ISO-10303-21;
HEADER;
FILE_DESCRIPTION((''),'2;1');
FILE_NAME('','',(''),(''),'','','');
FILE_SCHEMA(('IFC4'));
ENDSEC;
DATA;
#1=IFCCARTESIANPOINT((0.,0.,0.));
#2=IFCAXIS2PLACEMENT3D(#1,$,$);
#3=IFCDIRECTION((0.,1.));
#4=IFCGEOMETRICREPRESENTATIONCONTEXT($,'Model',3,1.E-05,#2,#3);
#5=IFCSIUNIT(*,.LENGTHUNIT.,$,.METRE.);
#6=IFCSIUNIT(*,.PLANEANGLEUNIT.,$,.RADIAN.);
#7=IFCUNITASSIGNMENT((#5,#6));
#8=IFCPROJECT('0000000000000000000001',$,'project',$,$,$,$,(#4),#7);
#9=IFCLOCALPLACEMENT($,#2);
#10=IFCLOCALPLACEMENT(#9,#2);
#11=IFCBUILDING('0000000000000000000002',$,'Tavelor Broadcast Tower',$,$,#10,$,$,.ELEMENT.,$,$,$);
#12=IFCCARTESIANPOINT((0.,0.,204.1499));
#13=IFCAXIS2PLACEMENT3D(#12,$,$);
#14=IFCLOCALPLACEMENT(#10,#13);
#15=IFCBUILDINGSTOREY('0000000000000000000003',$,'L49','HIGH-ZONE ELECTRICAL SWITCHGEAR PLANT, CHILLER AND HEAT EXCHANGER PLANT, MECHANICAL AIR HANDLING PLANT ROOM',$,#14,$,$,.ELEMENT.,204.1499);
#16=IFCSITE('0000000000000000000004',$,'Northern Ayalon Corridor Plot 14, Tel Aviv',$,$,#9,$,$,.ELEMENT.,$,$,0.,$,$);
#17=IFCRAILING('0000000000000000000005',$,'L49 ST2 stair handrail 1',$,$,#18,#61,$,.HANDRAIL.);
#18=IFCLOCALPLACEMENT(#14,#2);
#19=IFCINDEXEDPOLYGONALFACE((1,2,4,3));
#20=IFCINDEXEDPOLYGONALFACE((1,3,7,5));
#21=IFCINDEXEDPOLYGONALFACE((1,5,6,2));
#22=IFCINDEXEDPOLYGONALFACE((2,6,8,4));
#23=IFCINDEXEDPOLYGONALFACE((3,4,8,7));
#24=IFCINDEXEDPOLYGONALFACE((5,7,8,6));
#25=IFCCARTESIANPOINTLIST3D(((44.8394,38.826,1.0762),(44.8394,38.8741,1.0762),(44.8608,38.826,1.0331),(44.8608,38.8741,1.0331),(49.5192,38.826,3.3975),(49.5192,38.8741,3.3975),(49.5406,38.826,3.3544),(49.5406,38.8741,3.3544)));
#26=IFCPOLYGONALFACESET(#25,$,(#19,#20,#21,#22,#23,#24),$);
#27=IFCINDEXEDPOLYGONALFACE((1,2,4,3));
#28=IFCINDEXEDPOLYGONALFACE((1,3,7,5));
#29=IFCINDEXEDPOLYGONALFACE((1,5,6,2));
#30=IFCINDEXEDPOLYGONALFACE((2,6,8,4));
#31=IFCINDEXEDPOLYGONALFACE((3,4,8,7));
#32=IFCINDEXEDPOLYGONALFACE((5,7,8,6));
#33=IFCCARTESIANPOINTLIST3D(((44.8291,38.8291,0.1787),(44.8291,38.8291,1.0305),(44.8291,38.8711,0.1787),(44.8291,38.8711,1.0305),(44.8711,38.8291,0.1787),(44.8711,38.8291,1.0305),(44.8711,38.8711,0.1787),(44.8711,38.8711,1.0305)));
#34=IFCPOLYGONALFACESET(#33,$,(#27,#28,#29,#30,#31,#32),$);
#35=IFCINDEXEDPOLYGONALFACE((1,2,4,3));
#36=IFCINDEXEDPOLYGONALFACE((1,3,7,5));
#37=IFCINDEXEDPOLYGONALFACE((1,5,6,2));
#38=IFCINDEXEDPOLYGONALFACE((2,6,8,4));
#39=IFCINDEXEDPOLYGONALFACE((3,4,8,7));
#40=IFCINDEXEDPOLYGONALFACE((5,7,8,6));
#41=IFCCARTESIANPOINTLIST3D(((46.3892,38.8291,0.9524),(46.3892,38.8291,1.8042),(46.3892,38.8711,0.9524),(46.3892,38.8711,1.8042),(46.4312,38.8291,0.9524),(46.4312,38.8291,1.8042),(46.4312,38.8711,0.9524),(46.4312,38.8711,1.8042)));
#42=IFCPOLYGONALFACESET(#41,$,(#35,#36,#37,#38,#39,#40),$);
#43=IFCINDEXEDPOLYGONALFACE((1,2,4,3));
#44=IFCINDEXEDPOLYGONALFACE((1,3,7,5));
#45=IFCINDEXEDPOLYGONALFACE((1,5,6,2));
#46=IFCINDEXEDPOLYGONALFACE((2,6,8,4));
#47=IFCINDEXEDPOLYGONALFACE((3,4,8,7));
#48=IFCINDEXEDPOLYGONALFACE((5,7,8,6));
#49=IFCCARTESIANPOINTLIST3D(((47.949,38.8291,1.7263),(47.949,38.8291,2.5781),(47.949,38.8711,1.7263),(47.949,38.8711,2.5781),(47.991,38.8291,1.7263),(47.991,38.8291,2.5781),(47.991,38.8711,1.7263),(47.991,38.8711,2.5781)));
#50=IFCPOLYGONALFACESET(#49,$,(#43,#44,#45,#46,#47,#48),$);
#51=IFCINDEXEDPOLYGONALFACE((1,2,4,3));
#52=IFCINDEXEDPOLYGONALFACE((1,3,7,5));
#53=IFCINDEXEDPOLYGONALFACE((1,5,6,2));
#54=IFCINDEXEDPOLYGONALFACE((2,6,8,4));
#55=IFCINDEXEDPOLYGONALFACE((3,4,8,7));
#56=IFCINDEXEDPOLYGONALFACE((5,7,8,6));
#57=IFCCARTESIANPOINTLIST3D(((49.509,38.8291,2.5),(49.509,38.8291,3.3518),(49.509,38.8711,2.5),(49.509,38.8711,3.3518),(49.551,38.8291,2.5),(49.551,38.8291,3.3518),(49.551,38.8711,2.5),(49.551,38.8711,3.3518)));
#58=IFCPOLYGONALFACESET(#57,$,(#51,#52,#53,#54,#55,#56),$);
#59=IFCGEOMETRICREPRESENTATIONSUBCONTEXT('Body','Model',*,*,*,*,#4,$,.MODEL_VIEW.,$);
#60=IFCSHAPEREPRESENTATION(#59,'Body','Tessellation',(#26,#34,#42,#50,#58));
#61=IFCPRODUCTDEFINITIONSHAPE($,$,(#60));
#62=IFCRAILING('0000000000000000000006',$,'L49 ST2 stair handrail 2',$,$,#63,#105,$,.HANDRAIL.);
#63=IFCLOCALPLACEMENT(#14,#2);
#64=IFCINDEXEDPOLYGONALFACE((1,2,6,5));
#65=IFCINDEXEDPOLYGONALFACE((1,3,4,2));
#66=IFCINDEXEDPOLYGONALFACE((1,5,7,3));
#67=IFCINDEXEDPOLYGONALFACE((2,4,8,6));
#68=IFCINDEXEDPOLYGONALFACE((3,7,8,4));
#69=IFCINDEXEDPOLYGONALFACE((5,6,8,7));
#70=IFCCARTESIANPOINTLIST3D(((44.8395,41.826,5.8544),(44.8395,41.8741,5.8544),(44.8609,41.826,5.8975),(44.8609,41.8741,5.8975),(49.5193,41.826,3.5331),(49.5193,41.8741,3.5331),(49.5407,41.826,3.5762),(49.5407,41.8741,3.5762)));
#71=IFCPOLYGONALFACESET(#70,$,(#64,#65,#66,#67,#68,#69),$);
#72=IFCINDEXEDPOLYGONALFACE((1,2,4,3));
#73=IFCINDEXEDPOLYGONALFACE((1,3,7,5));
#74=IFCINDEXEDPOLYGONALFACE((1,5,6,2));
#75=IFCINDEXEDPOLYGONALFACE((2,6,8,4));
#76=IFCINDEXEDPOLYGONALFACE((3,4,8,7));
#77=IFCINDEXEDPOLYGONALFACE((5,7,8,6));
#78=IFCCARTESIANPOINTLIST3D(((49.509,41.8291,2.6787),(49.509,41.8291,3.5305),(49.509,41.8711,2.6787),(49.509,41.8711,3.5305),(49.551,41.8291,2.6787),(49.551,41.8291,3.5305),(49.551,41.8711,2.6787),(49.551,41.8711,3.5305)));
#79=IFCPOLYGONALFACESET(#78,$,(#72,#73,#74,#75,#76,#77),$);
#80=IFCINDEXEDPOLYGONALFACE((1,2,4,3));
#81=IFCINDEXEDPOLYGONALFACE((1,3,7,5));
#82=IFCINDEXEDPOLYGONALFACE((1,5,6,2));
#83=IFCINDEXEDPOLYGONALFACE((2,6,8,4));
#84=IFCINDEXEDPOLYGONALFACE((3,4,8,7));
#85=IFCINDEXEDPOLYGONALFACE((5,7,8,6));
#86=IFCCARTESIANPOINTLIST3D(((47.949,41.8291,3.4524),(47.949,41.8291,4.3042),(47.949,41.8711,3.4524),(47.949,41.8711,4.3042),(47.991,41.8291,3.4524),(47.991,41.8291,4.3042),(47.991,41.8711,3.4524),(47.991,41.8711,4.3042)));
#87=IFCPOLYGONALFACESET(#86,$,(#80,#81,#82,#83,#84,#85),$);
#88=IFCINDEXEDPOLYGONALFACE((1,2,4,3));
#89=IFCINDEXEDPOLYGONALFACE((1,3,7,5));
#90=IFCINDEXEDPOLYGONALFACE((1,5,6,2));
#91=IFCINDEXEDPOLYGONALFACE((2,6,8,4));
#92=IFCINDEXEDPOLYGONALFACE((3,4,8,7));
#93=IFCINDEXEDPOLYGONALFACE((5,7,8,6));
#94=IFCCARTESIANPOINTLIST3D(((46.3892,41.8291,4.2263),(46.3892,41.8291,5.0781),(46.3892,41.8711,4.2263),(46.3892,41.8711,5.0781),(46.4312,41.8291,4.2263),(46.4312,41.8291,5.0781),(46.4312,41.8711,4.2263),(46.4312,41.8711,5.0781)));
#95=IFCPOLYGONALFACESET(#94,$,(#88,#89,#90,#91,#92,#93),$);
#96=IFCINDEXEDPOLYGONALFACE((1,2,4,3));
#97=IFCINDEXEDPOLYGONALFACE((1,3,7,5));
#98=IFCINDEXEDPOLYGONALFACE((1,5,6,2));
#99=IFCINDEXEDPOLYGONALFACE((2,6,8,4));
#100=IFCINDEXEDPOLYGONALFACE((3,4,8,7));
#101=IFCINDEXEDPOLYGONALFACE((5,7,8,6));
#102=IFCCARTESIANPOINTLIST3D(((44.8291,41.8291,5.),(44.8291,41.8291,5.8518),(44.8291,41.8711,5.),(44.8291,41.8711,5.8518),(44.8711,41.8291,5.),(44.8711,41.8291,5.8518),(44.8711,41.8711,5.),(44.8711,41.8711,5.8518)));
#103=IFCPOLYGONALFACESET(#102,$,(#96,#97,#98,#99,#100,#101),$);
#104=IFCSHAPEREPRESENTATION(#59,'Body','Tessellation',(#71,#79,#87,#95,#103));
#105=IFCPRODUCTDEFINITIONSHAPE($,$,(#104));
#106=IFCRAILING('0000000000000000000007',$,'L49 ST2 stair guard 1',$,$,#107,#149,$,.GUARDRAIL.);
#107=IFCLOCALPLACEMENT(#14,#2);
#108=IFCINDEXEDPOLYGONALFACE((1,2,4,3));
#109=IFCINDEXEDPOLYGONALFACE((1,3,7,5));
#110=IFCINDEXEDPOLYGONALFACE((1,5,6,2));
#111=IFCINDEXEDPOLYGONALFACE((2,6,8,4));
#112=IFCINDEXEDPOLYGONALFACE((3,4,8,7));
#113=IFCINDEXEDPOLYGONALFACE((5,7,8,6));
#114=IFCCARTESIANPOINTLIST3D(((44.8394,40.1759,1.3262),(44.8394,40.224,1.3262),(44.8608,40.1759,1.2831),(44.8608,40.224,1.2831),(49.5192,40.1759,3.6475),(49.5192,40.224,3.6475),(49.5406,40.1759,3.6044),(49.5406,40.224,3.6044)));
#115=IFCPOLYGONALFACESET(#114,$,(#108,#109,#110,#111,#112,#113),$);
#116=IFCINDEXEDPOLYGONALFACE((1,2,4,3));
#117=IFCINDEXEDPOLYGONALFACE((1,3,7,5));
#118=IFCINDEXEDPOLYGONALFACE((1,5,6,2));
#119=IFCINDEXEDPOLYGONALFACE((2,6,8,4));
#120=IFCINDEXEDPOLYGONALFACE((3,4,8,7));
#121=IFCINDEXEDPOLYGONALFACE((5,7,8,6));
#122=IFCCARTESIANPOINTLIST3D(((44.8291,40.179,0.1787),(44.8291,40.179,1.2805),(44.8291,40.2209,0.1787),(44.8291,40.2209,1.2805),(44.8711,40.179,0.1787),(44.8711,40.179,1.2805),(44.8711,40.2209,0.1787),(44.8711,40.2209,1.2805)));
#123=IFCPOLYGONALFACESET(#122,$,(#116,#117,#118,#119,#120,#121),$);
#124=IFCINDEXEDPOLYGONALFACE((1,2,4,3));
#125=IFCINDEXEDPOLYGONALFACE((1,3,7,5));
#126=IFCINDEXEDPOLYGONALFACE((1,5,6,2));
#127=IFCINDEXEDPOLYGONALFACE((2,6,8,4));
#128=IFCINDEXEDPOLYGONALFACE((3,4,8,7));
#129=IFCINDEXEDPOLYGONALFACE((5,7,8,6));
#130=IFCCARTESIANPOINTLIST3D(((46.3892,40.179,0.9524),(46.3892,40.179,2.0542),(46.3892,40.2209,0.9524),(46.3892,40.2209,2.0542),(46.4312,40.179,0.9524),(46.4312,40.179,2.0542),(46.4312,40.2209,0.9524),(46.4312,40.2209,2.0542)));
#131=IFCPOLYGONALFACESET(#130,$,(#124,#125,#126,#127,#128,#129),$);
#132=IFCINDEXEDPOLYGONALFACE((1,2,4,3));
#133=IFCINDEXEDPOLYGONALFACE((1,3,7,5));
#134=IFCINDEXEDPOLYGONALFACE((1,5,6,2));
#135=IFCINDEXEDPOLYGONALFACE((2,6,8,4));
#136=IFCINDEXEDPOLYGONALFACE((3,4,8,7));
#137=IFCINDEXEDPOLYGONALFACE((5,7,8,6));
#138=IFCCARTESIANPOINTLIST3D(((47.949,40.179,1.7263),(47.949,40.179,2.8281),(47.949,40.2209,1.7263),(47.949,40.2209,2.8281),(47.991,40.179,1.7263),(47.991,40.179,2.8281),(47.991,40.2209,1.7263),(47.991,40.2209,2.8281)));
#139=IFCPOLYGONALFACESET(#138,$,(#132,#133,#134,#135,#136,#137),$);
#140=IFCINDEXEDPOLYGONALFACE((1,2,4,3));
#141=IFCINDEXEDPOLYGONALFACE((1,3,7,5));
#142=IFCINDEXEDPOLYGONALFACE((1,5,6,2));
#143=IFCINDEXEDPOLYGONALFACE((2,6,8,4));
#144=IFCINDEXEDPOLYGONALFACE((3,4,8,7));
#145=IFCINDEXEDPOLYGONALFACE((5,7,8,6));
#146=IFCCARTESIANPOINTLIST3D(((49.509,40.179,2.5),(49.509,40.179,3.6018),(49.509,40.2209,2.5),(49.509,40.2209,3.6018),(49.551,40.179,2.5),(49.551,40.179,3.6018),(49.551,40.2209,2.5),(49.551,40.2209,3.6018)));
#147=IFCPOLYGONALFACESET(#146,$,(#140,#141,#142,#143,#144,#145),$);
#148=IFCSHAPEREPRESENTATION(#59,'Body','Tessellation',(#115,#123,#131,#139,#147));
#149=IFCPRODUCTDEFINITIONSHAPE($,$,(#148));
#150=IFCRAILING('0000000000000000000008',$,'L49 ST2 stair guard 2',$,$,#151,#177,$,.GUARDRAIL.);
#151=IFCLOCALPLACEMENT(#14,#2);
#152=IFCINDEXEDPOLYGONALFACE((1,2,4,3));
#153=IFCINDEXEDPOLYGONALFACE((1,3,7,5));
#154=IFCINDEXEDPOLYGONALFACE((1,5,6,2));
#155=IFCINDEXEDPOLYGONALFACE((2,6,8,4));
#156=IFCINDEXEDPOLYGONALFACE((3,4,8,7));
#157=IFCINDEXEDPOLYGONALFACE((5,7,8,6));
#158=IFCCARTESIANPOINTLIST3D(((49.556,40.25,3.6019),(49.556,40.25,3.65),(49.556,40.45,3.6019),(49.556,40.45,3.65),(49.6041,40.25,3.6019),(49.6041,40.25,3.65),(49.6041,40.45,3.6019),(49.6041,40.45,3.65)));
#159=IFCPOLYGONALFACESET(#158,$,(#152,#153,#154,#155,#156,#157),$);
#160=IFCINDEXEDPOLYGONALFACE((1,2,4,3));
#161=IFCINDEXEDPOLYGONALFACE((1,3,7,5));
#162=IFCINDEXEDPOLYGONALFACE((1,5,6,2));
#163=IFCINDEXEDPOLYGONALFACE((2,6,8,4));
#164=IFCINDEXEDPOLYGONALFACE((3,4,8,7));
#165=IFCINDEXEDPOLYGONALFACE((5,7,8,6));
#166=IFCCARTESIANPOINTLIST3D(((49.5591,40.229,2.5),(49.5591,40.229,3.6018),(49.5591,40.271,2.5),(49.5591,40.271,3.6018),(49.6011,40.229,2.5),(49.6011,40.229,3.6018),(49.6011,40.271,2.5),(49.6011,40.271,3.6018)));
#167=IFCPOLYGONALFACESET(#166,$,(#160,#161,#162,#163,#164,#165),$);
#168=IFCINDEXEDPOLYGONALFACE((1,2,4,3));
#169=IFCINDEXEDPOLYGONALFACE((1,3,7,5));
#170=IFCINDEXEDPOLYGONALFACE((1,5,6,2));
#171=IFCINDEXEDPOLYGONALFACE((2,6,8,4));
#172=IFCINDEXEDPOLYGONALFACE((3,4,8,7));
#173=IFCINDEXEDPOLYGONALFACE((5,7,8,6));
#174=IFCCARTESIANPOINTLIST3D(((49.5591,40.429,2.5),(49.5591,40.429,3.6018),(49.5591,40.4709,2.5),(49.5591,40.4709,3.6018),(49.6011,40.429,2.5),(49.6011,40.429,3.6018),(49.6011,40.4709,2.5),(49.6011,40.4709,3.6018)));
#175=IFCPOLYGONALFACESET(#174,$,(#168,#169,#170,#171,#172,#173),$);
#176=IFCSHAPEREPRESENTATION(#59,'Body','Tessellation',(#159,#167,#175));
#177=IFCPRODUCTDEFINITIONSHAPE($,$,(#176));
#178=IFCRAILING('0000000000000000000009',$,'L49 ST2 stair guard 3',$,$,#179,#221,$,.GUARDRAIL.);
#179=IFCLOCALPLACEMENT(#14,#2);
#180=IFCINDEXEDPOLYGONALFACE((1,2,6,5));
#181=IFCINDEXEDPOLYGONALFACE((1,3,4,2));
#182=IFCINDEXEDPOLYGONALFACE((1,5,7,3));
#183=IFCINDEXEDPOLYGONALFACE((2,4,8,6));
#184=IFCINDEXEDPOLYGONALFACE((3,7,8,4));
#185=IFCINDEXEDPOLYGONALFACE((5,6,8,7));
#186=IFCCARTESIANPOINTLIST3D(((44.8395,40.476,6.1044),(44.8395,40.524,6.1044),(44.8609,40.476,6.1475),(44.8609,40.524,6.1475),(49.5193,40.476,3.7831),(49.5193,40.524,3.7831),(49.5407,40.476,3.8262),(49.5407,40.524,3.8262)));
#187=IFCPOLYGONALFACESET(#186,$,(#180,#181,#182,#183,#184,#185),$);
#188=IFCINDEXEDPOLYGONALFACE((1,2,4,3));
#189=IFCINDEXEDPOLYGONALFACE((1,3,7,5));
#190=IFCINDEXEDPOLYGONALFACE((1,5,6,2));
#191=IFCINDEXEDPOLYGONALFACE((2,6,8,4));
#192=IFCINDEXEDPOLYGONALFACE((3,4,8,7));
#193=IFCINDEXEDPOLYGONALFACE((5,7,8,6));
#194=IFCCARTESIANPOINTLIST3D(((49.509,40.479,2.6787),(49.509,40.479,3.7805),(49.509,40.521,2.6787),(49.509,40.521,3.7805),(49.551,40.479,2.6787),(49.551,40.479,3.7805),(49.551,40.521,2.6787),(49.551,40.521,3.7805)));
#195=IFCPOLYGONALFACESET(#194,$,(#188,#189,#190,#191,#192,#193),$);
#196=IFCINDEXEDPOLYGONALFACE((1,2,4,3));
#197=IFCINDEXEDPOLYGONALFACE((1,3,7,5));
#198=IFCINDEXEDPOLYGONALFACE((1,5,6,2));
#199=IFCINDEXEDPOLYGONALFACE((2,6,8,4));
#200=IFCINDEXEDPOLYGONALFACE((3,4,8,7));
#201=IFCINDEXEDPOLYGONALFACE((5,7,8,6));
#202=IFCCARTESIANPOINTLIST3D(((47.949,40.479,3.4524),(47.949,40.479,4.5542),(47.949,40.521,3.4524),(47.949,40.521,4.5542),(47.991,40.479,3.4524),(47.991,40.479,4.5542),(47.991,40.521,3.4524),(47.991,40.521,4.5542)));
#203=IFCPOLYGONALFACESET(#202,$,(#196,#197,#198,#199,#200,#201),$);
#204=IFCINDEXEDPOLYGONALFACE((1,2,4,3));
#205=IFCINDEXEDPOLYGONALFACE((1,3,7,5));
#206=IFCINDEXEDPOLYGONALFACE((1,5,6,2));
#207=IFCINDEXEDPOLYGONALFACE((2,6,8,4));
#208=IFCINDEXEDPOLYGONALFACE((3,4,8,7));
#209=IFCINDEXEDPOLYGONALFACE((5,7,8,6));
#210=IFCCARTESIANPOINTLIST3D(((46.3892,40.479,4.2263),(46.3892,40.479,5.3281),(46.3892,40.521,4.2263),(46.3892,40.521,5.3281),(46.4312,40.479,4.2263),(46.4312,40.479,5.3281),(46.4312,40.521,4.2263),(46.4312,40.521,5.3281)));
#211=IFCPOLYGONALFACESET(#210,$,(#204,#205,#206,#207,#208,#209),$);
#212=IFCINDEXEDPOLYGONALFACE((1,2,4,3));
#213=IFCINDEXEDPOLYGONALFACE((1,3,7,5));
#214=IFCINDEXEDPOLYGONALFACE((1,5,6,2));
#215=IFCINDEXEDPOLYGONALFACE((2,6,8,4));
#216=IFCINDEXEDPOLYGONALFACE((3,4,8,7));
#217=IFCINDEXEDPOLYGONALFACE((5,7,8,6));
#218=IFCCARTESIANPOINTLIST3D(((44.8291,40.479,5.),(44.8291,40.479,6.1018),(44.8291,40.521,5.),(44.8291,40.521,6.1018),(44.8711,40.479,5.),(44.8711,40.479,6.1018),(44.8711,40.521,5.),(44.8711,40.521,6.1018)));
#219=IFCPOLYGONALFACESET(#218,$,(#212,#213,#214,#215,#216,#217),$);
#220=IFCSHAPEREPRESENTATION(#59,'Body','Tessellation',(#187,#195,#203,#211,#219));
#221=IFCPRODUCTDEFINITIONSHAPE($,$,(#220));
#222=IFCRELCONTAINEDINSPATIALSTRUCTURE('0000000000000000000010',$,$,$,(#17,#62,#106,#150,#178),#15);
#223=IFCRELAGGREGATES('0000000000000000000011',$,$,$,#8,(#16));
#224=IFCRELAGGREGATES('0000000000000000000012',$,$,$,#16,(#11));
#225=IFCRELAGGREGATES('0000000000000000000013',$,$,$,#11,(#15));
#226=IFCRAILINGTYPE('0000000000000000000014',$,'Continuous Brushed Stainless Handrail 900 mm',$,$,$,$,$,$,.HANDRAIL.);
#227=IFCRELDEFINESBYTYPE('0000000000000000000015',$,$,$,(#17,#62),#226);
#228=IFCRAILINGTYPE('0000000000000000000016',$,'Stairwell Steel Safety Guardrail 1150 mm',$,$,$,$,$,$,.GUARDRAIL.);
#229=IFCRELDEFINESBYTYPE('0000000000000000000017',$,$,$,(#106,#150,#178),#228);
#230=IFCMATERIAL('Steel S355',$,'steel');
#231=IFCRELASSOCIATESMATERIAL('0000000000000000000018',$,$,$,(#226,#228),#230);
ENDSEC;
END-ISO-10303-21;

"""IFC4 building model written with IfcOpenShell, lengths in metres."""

from ifc_helpers import new_model, si_unit, direction, frame, origin, origin_2d, place, context, subcontext, project, spatial, rectangle, extrude, material, type_object, element, save


model = new_model("IFC4")

# Units and contexts
model_context = context("Model", 3, precision=1e-05, world=origin(), true_north=direction((0.0, 1.0)))
body_context = subcontext(model_context, "Body", "Model", "MODEL_VIEW")
ifc_project = project(units=[si_unit("LENGTHUNIT", "METRE"), si_unit("PLANEANGLEUNIT", "RADIAN")], contexts=[model_context])

# Site, building, storey
site_placement = place(None, origin())
site = spatial("IfcSite", under=ifc_project, at=site_placement, Name="Northern Ayalon Corridor Plot 14, Tel Aviv", CompositionType="ELEMENT", RefElevation=0.0)
building_placement = place(site_placement, origin())
building = spatial("IfcBuilding", under=site, at=building_placement, Name="Tavelor Broadcast Tower", CompositionType="ELEMENT")
storey_placement = place(building_placement, frame((0.0, 0.0, 204.1499)))
storey = spatial("IfcBuildingStorey", under=building, at=storey_placement, Name="L49", Description="HIGH-ZONE ELECTRICAL SWITCHGEAR PLANT, CHILLER AND HEAT EXCHANGER PLANT, MECHANICAL AIR HANDLING PLANT ROOM", CompositionType="ELEMENT", Elevation=204.1499)

# Shared definitions
ifc_material_1 = material(Name="Steel S355", Category="steel")

# Railings
railing_type_1 = type_object("IfcRailingType", Name="Continuous Brushed Stainless Handrail 900 mm", PredefinedType="HANDRAIL", material=ifc_material_1)
railing_1_placement = place(storey_placement, frame((44.8501, 38.8501, 0.1787)))
element("IfcRailing", 1, at=railing_1_placement, inside=storey, type_object=railing_type_1, Name="L49 ST2 stair handrail 1", PredefinedType="HANDRAIL", context=body_context, shape_type="SweptSolid", body=[
    extrude(rectangle(XDim=0.0481, YDim=0.0481, at=origin_2d()), frame((0.0, 0.0, 0.876), z_axis=(0.895853, 0.0, 0.444351), x_axis=(0.0, 1.0, 0.0)), (0.0, 0.0, 1.0), 5.2239),
    extrude(rectangle(XDim=0.042, YDim=0.042, at=origin_2d()), origin(), (0.0, 0.0, 1.0), 0.8518),
    extrude(rectangle(XDim=0.042, YDim=0.042, at=origin_2d()), frame((1.5601, 0.0, 0.7737)), (0.0, 0.0, 1.0), 0.8518),
    extrude(rectangle(XDim=0.042, YDim=0.042, at=origin_2d()), frame((3.1199, 0.0, 1.5476)), (0.0, 0.0, 1.0), 0.8518),
    extrude(rectangle(XDim=0.042, YDim=0.042, at=origin_2d()), frame((4.6799, 0.0, 2.3213)), (0.0, 0.0, 1.0), 0.8518),
])
railing_2_placement = place(storey_placement, frame((49.53, 41.8501, 2.6787)))
element("IfcRailing", 2, at=railing_2_placement, inside=storey, type_object=railing_type_1, Name="L49 ST2 stair handrail 2", PredefinedType="HANDRAIL", context=body_context, shape_type="SweptSolid", body=[
    extrude(rectangle(XDim=0.0481, YDim=0.0481, at=origin_2d()), frame((0.0, 0.0, 0.876), z_axis=(-0.895853, 0.0, 0.444351), x_axis=(0.0, -1.0, 0.0)), (0.0, 0.0, 1.0), 5.2239),
    extrude(rectangle(XDim=0.042, YDim=0.042, at=origin_2d()), origin(), (0.0, 0.0, 1.0), 0.8518),
    extrude(rectangle(XDim=0.042, YDim=0.042, at=origin_2d()), frame((-1.5601, 0.0, 0.7737)), (0.0, 0.0, 1.0), 0.8518),
    extrude(rectangle(XDim=0.042, YDim=0.042, at=origin_2d()), frame((-3.1199, 0.0, 1.5476)), (0.0, 0.0, 1.0), 0.8518),
    extrude(rectangle(XDim=0.042, YDim=0.042, at=origin_2d()), frame((-4.6799, 0.0, 2.3213)), (0.0, 0.0, 1.0), 0.8518),
])
railing_type_2 = type_object("IfcRailingType", Name="Stairwell Steel Safety Guardrail 1150 mm", PredefinedType="GUARDRAIL", material=ifc_material_1)
railing_3_placement = place(storey_placement, frame((44.8501, 40.2, 0.1787)))
element("IfcRailing", 3, at=railing_3_placement, inside=storey, type_object=railing_type_2, Name="L49 ST2 stair guard 1", PredefinedType="GUARDRAIL", context=body_context, shape_type="SweptSolid", body=[
    extrude(rectangle(XDim=0.0481, YDim=0.0481, at=origin_2d()), frame((0.0, 0.0, 1.126), z_axis=(0.895853, 0.0, 0.444351), x_axis=(0.0, 1.0, 0.0)), (0.0, 0.0, 1.0), 5.2239),
    extrude(rectangle(XDim=0.042, YDim=0.042, at=origin_2d()), origin(), (0.0, 0.0, 1.0), 1.1018),
    extrude(rectangle(XDim=0.042, YDim=0.042, at=origin_2d()), frame((1.5601, 0.0, 0.7737)), (0.0, 0.0, 1.0), 1.1018),
    extrude(rectangle(XDim=0.042, YDim=0.042, at=origin_2d()), frame((3.1199, 0.0, 1.5476)), (0.0, 0.0, 1.0), 1.1018),
    extrude(rectangle(XDim=0.042, YDim=0.042, at=origin_2d()), frame((4.6799, 0.0, 2.3213)), (0.0, 0.0, 1.0), 1.1018),
])
railing_4_placement = place(storey_placement, frame((49.5801, 40.25, 2.5)))
element("IfcRailing", 4, at=railing_4_placement, inside=storey, type_object=railing_type_2, Name="L49 ST2 stair guard 2", PredefinedType="GUARDRAIL", context=body_context, shape_type="SweptSolid", body=[
    extrude(rectangle(XDim=0.0481, YDim=0.0481, at=origin_2d()), frame((0.0, 0.0, 1.126), z_axis=(0.0, 1.0, 0.0), x_axis=(-1.0, 0.0, 0.0)), (0.0, 0.0, 1.0), 0.2),
    extrude(rectangle(XDim=0.042, YDim=0.042, at=origin_2d()), origin(), (0.0, 0.0, 1.0), 1.1018),
    extrude(rectangle(XDim=0.042, YDim=0.042, at=origin_2d()), frame((0.0, 0.2, 0.0)), (0.0, 0.0, 1.0), 1.1018),
])
railing_5_placement = place(storey_placement, frame((49.53, 40.5, 2.6787)))
element("IfcRailing", 5, at=railing_5_placement, inside=storey, type_object=railing_type_2, Name="L49 ST2 stair guard 3", PredefinedType="GUARDRAIL", context=body_context, shape_type="SweptSolid", body=[
    extrude(rectangle(XDim=0.0481, YDim=0.0481, at=origin_2d()), frame((0.0, 0.0, 1.126), z_axis=(-0.895853, 0.0, 0.444351), x_axis=(0.0, -1.0, 0.0)), (0.0, 0.0, 1.0), 5.2239),
    extrude(rectangle(XDim=0.042, YDim=0.042, at=origin_2d()), origin(), (0.0, 0.0, 1.0), 1.1018),
    extrude(rectangle(XDim=0.042, YDim=0.042, at=origin_2d()), frame((-1.5601, 0.0, 0.7737)), (0.0, 0.0, 1.0), 1.1018),
    extrude(rectangle(XDim=0.042, YDim=0.042, at=origin_2d()), frame((-3.1199, 0.0, 1.5476)), (0.0, 0.0, 1.0), 1.1018),
    extrude(rectangle(XDim=0.042, YDim=0.042, at=origin_2d()), frame((-4.6799, 0.0, 2.3213)), (0.0, 0.0, 1.0), 1.1018),
])

save(model, "model.ifc")
